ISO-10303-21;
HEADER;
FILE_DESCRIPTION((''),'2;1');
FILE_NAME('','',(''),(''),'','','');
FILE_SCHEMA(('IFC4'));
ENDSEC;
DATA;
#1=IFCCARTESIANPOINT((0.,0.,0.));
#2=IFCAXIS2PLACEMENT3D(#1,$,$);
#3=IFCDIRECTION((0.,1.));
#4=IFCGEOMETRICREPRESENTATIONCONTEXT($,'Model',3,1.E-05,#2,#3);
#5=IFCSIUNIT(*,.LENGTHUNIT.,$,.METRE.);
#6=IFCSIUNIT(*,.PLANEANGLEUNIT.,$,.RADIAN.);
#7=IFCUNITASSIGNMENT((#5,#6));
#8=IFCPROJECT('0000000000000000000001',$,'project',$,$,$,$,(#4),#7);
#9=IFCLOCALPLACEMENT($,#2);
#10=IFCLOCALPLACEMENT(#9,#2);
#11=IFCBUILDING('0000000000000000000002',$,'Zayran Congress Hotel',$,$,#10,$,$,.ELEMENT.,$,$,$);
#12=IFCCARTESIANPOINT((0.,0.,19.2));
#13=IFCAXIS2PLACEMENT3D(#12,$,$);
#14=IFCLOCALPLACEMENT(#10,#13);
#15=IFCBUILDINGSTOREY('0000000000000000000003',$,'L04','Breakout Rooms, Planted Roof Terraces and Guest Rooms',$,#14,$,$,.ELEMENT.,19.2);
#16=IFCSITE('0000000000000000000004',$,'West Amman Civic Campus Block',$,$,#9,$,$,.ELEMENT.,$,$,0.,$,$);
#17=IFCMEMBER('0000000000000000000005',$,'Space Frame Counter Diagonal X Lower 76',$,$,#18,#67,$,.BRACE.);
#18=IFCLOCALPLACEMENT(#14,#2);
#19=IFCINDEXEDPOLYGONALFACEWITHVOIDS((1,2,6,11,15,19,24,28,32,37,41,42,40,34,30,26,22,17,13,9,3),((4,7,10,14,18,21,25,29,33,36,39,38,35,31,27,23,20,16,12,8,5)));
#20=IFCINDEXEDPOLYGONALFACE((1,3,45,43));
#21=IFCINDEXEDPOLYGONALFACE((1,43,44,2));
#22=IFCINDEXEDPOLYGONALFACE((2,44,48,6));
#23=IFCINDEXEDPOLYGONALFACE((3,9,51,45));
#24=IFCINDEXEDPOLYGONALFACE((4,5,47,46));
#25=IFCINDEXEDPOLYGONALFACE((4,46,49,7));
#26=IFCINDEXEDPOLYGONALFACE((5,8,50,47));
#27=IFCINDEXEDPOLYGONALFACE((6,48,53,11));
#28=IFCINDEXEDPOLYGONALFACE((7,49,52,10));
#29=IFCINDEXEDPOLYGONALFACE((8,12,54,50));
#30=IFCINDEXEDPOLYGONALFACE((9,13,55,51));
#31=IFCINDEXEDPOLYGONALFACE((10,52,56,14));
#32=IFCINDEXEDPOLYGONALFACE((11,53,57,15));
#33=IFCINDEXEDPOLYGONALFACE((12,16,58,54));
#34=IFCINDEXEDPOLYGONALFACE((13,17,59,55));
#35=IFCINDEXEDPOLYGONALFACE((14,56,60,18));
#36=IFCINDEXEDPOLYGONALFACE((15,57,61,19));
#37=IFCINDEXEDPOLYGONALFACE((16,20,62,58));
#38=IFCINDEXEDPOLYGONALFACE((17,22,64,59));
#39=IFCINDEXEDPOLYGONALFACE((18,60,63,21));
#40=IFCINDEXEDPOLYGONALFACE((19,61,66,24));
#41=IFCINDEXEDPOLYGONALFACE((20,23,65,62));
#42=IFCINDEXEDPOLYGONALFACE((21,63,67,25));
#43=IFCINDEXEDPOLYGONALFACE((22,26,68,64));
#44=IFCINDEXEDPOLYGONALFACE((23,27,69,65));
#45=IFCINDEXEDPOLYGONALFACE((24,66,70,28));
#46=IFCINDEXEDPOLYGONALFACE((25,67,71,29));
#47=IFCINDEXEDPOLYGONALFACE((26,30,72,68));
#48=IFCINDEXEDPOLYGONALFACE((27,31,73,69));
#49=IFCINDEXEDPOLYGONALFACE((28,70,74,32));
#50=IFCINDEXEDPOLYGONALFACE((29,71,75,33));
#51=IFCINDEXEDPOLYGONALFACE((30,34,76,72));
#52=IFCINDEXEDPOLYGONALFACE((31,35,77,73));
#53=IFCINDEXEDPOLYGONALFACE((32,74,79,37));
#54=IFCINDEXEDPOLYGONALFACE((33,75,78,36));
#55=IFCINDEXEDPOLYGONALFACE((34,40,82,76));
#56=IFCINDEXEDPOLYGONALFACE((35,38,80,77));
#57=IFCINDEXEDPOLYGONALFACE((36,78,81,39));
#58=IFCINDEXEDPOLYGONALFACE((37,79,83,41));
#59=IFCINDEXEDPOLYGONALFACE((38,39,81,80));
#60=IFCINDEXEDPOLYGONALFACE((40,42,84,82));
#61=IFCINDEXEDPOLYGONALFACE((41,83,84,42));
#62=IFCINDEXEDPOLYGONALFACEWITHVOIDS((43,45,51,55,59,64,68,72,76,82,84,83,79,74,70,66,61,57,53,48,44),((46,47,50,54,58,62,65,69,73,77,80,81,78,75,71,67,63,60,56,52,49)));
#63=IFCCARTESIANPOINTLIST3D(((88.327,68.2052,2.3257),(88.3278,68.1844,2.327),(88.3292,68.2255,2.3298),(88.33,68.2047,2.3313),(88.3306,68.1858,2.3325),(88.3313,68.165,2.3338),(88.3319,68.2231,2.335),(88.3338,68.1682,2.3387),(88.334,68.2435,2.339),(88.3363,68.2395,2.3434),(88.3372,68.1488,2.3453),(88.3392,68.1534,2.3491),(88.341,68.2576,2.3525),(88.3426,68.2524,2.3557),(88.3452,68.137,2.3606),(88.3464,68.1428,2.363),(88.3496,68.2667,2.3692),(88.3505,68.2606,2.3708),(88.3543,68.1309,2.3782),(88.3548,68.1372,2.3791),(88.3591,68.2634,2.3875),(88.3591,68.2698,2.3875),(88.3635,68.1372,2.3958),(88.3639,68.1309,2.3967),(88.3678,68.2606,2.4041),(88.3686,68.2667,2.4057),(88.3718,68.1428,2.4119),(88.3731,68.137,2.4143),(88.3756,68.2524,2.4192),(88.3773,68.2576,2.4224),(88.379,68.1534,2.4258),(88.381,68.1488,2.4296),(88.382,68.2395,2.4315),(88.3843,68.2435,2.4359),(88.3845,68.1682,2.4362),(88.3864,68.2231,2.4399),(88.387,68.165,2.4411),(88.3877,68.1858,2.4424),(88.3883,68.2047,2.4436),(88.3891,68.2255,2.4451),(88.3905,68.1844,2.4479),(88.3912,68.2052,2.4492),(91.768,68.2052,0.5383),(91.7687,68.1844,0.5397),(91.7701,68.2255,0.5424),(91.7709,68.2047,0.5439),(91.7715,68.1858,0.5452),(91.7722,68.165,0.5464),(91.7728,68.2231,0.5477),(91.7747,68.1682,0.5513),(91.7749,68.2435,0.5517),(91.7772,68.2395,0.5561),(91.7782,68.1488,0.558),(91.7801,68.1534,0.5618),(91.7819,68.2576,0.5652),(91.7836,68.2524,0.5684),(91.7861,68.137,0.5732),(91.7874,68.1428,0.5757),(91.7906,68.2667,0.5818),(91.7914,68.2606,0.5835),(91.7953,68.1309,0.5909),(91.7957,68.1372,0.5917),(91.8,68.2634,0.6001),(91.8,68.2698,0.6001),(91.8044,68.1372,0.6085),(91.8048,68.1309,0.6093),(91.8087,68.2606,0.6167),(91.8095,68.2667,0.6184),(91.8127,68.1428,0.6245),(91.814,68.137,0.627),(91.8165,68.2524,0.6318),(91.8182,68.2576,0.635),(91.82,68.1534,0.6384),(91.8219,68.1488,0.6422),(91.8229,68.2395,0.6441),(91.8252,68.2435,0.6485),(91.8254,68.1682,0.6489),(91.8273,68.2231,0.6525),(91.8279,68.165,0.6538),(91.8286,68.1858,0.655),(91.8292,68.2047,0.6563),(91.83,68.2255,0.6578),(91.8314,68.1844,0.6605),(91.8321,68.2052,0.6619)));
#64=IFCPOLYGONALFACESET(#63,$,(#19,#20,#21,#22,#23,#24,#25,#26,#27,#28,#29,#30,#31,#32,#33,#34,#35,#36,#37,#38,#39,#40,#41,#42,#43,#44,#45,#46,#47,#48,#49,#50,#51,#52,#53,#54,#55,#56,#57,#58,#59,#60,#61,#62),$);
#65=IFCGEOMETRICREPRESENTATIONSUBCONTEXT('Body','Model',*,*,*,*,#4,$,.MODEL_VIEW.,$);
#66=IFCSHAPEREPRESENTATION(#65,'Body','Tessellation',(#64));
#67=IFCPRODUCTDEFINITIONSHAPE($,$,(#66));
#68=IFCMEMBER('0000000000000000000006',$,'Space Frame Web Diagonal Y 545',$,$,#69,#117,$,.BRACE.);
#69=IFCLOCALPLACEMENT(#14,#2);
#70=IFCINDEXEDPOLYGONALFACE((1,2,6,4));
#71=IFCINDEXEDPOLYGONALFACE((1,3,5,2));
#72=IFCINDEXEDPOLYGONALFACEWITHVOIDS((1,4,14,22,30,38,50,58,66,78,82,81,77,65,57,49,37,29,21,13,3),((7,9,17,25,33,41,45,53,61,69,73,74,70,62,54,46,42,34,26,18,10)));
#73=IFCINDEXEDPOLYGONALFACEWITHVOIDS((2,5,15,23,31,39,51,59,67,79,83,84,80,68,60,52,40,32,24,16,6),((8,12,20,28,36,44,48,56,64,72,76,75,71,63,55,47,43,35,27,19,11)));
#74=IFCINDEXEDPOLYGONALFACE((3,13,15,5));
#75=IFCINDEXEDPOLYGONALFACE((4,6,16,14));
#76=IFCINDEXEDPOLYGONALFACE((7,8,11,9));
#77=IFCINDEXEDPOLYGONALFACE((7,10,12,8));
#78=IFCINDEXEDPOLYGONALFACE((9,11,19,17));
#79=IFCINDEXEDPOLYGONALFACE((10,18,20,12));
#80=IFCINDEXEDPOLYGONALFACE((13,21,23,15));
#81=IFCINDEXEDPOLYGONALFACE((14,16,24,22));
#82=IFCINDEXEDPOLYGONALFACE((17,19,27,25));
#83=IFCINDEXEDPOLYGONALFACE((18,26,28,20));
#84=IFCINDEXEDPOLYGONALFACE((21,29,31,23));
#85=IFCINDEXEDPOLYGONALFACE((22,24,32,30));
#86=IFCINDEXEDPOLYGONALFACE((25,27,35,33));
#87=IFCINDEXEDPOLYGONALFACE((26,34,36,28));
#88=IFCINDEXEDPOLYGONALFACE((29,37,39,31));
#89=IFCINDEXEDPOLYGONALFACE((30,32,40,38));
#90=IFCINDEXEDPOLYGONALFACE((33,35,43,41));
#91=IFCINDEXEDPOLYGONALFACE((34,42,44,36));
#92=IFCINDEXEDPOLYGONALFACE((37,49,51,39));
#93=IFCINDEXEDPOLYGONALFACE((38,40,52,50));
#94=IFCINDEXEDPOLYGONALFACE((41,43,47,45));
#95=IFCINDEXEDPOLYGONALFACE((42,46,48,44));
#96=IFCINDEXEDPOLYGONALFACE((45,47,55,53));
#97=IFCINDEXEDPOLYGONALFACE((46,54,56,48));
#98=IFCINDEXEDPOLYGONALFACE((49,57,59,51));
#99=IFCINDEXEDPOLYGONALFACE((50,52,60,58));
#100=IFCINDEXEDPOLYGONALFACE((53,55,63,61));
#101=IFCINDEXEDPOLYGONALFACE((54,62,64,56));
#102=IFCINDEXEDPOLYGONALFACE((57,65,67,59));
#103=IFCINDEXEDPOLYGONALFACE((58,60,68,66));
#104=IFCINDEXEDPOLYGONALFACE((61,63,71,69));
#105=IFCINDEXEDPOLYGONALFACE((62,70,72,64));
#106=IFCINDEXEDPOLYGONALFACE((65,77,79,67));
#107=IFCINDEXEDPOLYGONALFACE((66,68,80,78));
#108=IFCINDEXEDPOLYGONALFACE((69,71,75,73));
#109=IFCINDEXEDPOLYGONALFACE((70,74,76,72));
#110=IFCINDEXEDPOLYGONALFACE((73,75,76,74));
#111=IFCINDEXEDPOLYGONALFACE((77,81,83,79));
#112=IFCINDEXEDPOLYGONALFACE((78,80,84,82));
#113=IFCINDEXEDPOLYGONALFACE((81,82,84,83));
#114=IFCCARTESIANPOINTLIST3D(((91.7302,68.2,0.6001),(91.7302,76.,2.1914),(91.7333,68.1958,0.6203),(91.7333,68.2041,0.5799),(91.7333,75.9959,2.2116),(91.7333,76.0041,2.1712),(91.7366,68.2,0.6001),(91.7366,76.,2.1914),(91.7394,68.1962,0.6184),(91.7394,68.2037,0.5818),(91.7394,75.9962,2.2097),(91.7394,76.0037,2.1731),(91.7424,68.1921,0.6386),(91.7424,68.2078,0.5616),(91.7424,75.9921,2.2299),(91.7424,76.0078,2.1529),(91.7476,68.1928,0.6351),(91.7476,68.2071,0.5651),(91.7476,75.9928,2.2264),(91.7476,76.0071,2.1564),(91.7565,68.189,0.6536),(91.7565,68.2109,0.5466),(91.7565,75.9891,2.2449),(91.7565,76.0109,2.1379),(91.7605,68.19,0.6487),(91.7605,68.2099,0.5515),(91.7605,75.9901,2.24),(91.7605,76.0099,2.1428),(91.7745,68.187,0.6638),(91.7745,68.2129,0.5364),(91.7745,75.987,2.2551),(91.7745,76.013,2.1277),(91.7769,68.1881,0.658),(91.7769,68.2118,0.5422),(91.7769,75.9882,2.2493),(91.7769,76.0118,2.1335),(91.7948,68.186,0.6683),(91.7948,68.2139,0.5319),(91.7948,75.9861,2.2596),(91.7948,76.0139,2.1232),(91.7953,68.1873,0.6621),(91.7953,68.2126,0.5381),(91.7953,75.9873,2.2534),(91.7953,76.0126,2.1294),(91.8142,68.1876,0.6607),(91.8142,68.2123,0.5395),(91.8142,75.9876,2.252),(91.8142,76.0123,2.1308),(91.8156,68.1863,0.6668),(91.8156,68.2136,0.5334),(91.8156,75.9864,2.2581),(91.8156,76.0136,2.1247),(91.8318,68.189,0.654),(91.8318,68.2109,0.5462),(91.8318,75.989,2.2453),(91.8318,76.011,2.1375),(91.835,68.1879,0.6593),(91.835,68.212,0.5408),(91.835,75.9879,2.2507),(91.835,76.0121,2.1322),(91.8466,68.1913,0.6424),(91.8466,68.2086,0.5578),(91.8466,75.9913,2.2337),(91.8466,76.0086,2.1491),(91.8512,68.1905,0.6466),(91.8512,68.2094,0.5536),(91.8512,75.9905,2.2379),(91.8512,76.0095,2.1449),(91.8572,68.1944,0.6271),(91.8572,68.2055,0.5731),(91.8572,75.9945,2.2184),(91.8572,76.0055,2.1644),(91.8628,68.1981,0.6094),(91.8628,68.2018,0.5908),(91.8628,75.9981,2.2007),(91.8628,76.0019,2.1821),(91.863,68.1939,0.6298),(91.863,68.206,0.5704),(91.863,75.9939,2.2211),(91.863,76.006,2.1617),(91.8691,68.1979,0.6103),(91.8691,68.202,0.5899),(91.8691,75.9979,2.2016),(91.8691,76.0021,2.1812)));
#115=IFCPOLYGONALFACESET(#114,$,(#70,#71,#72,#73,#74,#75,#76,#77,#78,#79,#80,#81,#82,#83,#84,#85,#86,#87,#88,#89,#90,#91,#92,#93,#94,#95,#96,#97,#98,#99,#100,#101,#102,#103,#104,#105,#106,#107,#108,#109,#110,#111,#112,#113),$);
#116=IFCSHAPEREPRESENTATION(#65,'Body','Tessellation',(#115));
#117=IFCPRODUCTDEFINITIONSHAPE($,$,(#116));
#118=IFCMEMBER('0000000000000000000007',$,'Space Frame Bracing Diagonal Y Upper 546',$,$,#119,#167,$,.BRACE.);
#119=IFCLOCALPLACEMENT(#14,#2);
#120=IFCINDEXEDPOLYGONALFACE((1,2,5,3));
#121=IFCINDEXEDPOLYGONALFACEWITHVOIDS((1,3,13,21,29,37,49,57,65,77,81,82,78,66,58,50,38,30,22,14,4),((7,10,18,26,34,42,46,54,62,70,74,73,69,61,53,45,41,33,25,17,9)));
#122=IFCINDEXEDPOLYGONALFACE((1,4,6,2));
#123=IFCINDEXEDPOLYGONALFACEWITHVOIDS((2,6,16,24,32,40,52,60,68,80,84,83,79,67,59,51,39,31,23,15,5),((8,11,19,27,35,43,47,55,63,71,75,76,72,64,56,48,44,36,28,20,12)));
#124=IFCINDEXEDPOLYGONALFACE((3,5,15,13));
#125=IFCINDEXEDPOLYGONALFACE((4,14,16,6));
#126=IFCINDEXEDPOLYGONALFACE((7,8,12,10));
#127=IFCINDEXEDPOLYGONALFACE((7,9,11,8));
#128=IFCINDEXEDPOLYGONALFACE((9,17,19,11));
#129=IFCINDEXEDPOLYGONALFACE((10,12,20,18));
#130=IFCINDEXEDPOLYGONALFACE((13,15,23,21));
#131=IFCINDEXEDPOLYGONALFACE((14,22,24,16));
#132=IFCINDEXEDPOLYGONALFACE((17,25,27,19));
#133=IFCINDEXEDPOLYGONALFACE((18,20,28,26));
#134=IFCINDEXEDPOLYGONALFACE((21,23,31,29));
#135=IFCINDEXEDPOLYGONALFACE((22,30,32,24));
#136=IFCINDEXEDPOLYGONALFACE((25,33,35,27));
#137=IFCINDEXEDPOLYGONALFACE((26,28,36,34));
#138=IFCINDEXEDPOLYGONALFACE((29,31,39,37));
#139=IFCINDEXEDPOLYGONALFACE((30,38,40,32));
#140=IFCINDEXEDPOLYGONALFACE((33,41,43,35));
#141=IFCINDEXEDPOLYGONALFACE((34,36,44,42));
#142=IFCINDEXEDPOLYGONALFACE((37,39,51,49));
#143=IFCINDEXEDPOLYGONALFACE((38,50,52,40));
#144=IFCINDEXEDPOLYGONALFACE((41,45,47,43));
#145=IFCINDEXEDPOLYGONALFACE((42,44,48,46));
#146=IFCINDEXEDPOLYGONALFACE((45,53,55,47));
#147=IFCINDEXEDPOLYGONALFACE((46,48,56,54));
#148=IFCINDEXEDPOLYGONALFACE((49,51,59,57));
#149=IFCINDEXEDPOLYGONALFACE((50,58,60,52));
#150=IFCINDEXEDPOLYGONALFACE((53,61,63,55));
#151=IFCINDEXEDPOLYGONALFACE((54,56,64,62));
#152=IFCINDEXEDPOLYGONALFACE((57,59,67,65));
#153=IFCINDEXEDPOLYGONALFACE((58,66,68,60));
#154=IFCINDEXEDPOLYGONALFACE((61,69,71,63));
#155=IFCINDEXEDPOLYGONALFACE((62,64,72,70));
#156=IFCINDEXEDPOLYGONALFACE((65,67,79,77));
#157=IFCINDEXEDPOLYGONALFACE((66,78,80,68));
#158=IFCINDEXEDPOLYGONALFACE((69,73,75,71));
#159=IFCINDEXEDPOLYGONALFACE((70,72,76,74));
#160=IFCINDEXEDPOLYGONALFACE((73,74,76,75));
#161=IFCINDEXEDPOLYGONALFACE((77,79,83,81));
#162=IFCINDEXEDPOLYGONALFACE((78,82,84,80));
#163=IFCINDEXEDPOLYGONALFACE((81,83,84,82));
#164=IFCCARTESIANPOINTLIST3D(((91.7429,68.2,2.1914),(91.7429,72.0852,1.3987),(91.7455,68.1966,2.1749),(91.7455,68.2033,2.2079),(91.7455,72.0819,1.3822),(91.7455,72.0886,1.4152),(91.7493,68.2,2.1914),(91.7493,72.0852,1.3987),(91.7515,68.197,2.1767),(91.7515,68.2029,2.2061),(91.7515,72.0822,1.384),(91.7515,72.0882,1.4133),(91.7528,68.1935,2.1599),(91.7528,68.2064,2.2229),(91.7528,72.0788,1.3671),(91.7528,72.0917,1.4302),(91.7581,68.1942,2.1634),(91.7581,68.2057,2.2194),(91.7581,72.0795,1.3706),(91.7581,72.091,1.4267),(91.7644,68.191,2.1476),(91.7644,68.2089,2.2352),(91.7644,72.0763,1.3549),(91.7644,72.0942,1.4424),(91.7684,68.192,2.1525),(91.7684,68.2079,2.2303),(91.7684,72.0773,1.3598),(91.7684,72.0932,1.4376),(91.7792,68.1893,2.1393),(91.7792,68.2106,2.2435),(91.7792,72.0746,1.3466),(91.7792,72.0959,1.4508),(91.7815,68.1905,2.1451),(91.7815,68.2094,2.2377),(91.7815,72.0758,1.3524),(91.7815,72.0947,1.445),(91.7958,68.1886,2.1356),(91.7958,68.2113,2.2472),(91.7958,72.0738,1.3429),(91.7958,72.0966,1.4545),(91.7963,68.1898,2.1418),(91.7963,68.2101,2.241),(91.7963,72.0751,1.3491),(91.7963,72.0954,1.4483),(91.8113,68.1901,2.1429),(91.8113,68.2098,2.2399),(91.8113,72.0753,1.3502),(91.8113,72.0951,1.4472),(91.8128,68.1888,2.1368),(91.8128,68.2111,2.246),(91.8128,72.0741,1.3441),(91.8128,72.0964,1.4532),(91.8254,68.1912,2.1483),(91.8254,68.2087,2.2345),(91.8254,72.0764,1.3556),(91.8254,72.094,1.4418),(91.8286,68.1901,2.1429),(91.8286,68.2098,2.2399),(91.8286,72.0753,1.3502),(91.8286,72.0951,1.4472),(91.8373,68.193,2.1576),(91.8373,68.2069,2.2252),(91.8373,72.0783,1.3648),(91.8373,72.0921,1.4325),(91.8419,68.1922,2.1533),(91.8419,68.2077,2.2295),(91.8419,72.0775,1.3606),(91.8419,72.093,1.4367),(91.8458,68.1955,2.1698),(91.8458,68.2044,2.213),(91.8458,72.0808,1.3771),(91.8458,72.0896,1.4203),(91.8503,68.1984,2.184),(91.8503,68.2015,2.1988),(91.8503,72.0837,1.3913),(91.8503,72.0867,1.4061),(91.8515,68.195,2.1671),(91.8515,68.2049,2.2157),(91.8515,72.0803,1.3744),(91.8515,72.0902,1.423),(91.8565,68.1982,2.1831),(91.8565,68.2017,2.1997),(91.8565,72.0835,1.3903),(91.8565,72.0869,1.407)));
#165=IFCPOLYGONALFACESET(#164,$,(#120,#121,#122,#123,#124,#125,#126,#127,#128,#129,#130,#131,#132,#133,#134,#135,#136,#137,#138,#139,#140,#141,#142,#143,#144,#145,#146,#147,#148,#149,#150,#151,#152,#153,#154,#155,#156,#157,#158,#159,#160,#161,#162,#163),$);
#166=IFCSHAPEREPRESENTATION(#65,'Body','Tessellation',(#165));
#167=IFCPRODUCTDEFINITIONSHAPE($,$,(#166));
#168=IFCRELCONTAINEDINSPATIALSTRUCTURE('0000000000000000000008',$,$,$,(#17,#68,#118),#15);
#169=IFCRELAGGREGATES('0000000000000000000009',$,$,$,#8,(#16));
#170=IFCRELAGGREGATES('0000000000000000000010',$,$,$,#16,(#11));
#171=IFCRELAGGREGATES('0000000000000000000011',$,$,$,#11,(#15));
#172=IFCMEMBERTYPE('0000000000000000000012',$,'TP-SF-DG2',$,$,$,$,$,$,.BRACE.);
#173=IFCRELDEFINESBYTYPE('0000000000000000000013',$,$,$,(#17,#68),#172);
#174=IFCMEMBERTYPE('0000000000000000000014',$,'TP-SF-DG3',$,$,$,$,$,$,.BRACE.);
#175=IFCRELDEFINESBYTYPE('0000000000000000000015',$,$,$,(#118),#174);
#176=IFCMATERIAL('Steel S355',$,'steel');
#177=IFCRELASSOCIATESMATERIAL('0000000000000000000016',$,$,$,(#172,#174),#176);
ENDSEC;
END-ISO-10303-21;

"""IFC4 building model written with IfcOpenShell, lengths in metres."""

from ifc_helpers import new_model, si_unit, direction, frame, origin, origin_2d, place, context, subcontext, project, spatial, hollow_circle, extrude, material, material_profile, profile_set, type_object, element, save


model = new_model("IFC4")

# Units and contexts
model_context = context("Model", 3, precision=1e-05, world=origin(), true_north=direction((0.0, 1.0)))
body_context = subcontext(model_context, "Body", "Model", "MODEL_VIEW")
ifc_project = project(units=[si_unit("LENGTHUNIT", "METRE"), si_unit("PLANEANGLEUNIT", "RADIAN")], contexts=[model_context])

# Site, building, storey
site_placement = place(None, origin())
site = spatial("IfcSite", under=ifc_project, at=site_placement, Name="West Amman Civic Campus Block", CompositionType="ELEMENT", RefElevation=0.0)
building_placement = place(site_placement, origin())
building = spatial("IfcBuilding", under=site, at=building_placement, Name="Zayran Congress Hotel", CompositionType="ELEMENT")
storey_placement = place(building_placement, frame((0.0, 0.0, 19.2)))
storey = spatial("IfcBuildingStorey", under=building, at=storey_placement, Name="L04", Description="Breakout Rooms, Planted Roof Terraces and Guest Rooms", CompositionType="ELEMENT", Elevation=19.2)

# Shared definitions
ifc_material_1 = material(Name="Steel S355", Category="steel")

# Members
ifc_material_profile_1 = material_profile(ifc_material_1, hollow_circle(Radius=0.0698, WallThickness=0.0063, at=origin_2d()), Name="CHS 139.7x6.3")
ifc_profile_set_1 = profile_set([ifc_material_profile_1], Name="Steel S355")
member_type_1 = type_object("IfcMemberType", Name="TP-SF-DG2", PredefinedType="BRACE", material=ifc_profile_set_1)
member_1_placement = place(storey_placement, frame((88.3591, 68.2, 2.3875), z_axis=(0.88742, 0.0, -0.460962), x_axis=(0.0, 1.0, 0.0)))
element("IfcMember", 1, at=member_1_placement, inside=storey, type_object=member_type_1, Name="Space Frame Counter Diagonal X Lower 76", PredefinedType="BRACE", context=body_context, shape_type="SweptSolid", body=[
    extrude(hollow_circle(Radius=0.0698, WallThickness=0.0063, at=origin_2d()), origin(), (0.0, 0.0, 1.0), 3.8774),
])
member_2_placement = place(storey_placement, frame((91.8, 68.2, 0.6001), z_axis=(0.0, 0.979817, 0.199895), x_axis=(-1.0, 0.0, 0.0)))
element("IfcMember", 2, at=member_2_placement, inside=storey, type_object=member_type_1, Name="Space Frame Web Diagonal Y 545", PredefinedType="BRACE", context=body_context, shape_type="SweptSolid", body=[
    extrude(hollow_circle(Radius=0.0698, WallThickness=0.0063, at=origin_2d()), origin(), (0.0, 0.0, 1.0), 7.9607),
])
ifc_material_profile_2 = material_profile(ifc_material_1, hollow_circle(Radius=0.0571, WallThickness=0.0063, at=origin_2d()), Name="CHS 114.3x6.3")
ifc_profile_set_2 = profile_set([ifc_material_profile_2], Name="Steel S355")
member_type_2 = type_object("IfcMemberType", Name="TP-SF-DG3", PredefinedType="BRACE", material=ifc_profile_set_2)
for number, where, z_axis, x_axis, name in (
    (3, (91.8, 68.2, 2.1914), (0.0, 0.979813, -0.199915), (-1.0, 0.0, 0.0), "Space Frame Bracing Diagonal Y Upper 546"),
):
    element("IfcMember", number, at=place(storey_placement, frame(where, z_axis=z_axis, x_axis=x_axis)), inside=storey, type_object=member_type_2, Name=name, PredefinedType="BRACE", context=body_context, shape_type="SweptSolid", body=[
        extrude(hollow_circle(Radius=0.0571, WallThickness=0.0063, at=origin_2d()), origin(), (0.0, 0.0, 1.0), 3.9653),
    ])

save(model, "model.ifc")
